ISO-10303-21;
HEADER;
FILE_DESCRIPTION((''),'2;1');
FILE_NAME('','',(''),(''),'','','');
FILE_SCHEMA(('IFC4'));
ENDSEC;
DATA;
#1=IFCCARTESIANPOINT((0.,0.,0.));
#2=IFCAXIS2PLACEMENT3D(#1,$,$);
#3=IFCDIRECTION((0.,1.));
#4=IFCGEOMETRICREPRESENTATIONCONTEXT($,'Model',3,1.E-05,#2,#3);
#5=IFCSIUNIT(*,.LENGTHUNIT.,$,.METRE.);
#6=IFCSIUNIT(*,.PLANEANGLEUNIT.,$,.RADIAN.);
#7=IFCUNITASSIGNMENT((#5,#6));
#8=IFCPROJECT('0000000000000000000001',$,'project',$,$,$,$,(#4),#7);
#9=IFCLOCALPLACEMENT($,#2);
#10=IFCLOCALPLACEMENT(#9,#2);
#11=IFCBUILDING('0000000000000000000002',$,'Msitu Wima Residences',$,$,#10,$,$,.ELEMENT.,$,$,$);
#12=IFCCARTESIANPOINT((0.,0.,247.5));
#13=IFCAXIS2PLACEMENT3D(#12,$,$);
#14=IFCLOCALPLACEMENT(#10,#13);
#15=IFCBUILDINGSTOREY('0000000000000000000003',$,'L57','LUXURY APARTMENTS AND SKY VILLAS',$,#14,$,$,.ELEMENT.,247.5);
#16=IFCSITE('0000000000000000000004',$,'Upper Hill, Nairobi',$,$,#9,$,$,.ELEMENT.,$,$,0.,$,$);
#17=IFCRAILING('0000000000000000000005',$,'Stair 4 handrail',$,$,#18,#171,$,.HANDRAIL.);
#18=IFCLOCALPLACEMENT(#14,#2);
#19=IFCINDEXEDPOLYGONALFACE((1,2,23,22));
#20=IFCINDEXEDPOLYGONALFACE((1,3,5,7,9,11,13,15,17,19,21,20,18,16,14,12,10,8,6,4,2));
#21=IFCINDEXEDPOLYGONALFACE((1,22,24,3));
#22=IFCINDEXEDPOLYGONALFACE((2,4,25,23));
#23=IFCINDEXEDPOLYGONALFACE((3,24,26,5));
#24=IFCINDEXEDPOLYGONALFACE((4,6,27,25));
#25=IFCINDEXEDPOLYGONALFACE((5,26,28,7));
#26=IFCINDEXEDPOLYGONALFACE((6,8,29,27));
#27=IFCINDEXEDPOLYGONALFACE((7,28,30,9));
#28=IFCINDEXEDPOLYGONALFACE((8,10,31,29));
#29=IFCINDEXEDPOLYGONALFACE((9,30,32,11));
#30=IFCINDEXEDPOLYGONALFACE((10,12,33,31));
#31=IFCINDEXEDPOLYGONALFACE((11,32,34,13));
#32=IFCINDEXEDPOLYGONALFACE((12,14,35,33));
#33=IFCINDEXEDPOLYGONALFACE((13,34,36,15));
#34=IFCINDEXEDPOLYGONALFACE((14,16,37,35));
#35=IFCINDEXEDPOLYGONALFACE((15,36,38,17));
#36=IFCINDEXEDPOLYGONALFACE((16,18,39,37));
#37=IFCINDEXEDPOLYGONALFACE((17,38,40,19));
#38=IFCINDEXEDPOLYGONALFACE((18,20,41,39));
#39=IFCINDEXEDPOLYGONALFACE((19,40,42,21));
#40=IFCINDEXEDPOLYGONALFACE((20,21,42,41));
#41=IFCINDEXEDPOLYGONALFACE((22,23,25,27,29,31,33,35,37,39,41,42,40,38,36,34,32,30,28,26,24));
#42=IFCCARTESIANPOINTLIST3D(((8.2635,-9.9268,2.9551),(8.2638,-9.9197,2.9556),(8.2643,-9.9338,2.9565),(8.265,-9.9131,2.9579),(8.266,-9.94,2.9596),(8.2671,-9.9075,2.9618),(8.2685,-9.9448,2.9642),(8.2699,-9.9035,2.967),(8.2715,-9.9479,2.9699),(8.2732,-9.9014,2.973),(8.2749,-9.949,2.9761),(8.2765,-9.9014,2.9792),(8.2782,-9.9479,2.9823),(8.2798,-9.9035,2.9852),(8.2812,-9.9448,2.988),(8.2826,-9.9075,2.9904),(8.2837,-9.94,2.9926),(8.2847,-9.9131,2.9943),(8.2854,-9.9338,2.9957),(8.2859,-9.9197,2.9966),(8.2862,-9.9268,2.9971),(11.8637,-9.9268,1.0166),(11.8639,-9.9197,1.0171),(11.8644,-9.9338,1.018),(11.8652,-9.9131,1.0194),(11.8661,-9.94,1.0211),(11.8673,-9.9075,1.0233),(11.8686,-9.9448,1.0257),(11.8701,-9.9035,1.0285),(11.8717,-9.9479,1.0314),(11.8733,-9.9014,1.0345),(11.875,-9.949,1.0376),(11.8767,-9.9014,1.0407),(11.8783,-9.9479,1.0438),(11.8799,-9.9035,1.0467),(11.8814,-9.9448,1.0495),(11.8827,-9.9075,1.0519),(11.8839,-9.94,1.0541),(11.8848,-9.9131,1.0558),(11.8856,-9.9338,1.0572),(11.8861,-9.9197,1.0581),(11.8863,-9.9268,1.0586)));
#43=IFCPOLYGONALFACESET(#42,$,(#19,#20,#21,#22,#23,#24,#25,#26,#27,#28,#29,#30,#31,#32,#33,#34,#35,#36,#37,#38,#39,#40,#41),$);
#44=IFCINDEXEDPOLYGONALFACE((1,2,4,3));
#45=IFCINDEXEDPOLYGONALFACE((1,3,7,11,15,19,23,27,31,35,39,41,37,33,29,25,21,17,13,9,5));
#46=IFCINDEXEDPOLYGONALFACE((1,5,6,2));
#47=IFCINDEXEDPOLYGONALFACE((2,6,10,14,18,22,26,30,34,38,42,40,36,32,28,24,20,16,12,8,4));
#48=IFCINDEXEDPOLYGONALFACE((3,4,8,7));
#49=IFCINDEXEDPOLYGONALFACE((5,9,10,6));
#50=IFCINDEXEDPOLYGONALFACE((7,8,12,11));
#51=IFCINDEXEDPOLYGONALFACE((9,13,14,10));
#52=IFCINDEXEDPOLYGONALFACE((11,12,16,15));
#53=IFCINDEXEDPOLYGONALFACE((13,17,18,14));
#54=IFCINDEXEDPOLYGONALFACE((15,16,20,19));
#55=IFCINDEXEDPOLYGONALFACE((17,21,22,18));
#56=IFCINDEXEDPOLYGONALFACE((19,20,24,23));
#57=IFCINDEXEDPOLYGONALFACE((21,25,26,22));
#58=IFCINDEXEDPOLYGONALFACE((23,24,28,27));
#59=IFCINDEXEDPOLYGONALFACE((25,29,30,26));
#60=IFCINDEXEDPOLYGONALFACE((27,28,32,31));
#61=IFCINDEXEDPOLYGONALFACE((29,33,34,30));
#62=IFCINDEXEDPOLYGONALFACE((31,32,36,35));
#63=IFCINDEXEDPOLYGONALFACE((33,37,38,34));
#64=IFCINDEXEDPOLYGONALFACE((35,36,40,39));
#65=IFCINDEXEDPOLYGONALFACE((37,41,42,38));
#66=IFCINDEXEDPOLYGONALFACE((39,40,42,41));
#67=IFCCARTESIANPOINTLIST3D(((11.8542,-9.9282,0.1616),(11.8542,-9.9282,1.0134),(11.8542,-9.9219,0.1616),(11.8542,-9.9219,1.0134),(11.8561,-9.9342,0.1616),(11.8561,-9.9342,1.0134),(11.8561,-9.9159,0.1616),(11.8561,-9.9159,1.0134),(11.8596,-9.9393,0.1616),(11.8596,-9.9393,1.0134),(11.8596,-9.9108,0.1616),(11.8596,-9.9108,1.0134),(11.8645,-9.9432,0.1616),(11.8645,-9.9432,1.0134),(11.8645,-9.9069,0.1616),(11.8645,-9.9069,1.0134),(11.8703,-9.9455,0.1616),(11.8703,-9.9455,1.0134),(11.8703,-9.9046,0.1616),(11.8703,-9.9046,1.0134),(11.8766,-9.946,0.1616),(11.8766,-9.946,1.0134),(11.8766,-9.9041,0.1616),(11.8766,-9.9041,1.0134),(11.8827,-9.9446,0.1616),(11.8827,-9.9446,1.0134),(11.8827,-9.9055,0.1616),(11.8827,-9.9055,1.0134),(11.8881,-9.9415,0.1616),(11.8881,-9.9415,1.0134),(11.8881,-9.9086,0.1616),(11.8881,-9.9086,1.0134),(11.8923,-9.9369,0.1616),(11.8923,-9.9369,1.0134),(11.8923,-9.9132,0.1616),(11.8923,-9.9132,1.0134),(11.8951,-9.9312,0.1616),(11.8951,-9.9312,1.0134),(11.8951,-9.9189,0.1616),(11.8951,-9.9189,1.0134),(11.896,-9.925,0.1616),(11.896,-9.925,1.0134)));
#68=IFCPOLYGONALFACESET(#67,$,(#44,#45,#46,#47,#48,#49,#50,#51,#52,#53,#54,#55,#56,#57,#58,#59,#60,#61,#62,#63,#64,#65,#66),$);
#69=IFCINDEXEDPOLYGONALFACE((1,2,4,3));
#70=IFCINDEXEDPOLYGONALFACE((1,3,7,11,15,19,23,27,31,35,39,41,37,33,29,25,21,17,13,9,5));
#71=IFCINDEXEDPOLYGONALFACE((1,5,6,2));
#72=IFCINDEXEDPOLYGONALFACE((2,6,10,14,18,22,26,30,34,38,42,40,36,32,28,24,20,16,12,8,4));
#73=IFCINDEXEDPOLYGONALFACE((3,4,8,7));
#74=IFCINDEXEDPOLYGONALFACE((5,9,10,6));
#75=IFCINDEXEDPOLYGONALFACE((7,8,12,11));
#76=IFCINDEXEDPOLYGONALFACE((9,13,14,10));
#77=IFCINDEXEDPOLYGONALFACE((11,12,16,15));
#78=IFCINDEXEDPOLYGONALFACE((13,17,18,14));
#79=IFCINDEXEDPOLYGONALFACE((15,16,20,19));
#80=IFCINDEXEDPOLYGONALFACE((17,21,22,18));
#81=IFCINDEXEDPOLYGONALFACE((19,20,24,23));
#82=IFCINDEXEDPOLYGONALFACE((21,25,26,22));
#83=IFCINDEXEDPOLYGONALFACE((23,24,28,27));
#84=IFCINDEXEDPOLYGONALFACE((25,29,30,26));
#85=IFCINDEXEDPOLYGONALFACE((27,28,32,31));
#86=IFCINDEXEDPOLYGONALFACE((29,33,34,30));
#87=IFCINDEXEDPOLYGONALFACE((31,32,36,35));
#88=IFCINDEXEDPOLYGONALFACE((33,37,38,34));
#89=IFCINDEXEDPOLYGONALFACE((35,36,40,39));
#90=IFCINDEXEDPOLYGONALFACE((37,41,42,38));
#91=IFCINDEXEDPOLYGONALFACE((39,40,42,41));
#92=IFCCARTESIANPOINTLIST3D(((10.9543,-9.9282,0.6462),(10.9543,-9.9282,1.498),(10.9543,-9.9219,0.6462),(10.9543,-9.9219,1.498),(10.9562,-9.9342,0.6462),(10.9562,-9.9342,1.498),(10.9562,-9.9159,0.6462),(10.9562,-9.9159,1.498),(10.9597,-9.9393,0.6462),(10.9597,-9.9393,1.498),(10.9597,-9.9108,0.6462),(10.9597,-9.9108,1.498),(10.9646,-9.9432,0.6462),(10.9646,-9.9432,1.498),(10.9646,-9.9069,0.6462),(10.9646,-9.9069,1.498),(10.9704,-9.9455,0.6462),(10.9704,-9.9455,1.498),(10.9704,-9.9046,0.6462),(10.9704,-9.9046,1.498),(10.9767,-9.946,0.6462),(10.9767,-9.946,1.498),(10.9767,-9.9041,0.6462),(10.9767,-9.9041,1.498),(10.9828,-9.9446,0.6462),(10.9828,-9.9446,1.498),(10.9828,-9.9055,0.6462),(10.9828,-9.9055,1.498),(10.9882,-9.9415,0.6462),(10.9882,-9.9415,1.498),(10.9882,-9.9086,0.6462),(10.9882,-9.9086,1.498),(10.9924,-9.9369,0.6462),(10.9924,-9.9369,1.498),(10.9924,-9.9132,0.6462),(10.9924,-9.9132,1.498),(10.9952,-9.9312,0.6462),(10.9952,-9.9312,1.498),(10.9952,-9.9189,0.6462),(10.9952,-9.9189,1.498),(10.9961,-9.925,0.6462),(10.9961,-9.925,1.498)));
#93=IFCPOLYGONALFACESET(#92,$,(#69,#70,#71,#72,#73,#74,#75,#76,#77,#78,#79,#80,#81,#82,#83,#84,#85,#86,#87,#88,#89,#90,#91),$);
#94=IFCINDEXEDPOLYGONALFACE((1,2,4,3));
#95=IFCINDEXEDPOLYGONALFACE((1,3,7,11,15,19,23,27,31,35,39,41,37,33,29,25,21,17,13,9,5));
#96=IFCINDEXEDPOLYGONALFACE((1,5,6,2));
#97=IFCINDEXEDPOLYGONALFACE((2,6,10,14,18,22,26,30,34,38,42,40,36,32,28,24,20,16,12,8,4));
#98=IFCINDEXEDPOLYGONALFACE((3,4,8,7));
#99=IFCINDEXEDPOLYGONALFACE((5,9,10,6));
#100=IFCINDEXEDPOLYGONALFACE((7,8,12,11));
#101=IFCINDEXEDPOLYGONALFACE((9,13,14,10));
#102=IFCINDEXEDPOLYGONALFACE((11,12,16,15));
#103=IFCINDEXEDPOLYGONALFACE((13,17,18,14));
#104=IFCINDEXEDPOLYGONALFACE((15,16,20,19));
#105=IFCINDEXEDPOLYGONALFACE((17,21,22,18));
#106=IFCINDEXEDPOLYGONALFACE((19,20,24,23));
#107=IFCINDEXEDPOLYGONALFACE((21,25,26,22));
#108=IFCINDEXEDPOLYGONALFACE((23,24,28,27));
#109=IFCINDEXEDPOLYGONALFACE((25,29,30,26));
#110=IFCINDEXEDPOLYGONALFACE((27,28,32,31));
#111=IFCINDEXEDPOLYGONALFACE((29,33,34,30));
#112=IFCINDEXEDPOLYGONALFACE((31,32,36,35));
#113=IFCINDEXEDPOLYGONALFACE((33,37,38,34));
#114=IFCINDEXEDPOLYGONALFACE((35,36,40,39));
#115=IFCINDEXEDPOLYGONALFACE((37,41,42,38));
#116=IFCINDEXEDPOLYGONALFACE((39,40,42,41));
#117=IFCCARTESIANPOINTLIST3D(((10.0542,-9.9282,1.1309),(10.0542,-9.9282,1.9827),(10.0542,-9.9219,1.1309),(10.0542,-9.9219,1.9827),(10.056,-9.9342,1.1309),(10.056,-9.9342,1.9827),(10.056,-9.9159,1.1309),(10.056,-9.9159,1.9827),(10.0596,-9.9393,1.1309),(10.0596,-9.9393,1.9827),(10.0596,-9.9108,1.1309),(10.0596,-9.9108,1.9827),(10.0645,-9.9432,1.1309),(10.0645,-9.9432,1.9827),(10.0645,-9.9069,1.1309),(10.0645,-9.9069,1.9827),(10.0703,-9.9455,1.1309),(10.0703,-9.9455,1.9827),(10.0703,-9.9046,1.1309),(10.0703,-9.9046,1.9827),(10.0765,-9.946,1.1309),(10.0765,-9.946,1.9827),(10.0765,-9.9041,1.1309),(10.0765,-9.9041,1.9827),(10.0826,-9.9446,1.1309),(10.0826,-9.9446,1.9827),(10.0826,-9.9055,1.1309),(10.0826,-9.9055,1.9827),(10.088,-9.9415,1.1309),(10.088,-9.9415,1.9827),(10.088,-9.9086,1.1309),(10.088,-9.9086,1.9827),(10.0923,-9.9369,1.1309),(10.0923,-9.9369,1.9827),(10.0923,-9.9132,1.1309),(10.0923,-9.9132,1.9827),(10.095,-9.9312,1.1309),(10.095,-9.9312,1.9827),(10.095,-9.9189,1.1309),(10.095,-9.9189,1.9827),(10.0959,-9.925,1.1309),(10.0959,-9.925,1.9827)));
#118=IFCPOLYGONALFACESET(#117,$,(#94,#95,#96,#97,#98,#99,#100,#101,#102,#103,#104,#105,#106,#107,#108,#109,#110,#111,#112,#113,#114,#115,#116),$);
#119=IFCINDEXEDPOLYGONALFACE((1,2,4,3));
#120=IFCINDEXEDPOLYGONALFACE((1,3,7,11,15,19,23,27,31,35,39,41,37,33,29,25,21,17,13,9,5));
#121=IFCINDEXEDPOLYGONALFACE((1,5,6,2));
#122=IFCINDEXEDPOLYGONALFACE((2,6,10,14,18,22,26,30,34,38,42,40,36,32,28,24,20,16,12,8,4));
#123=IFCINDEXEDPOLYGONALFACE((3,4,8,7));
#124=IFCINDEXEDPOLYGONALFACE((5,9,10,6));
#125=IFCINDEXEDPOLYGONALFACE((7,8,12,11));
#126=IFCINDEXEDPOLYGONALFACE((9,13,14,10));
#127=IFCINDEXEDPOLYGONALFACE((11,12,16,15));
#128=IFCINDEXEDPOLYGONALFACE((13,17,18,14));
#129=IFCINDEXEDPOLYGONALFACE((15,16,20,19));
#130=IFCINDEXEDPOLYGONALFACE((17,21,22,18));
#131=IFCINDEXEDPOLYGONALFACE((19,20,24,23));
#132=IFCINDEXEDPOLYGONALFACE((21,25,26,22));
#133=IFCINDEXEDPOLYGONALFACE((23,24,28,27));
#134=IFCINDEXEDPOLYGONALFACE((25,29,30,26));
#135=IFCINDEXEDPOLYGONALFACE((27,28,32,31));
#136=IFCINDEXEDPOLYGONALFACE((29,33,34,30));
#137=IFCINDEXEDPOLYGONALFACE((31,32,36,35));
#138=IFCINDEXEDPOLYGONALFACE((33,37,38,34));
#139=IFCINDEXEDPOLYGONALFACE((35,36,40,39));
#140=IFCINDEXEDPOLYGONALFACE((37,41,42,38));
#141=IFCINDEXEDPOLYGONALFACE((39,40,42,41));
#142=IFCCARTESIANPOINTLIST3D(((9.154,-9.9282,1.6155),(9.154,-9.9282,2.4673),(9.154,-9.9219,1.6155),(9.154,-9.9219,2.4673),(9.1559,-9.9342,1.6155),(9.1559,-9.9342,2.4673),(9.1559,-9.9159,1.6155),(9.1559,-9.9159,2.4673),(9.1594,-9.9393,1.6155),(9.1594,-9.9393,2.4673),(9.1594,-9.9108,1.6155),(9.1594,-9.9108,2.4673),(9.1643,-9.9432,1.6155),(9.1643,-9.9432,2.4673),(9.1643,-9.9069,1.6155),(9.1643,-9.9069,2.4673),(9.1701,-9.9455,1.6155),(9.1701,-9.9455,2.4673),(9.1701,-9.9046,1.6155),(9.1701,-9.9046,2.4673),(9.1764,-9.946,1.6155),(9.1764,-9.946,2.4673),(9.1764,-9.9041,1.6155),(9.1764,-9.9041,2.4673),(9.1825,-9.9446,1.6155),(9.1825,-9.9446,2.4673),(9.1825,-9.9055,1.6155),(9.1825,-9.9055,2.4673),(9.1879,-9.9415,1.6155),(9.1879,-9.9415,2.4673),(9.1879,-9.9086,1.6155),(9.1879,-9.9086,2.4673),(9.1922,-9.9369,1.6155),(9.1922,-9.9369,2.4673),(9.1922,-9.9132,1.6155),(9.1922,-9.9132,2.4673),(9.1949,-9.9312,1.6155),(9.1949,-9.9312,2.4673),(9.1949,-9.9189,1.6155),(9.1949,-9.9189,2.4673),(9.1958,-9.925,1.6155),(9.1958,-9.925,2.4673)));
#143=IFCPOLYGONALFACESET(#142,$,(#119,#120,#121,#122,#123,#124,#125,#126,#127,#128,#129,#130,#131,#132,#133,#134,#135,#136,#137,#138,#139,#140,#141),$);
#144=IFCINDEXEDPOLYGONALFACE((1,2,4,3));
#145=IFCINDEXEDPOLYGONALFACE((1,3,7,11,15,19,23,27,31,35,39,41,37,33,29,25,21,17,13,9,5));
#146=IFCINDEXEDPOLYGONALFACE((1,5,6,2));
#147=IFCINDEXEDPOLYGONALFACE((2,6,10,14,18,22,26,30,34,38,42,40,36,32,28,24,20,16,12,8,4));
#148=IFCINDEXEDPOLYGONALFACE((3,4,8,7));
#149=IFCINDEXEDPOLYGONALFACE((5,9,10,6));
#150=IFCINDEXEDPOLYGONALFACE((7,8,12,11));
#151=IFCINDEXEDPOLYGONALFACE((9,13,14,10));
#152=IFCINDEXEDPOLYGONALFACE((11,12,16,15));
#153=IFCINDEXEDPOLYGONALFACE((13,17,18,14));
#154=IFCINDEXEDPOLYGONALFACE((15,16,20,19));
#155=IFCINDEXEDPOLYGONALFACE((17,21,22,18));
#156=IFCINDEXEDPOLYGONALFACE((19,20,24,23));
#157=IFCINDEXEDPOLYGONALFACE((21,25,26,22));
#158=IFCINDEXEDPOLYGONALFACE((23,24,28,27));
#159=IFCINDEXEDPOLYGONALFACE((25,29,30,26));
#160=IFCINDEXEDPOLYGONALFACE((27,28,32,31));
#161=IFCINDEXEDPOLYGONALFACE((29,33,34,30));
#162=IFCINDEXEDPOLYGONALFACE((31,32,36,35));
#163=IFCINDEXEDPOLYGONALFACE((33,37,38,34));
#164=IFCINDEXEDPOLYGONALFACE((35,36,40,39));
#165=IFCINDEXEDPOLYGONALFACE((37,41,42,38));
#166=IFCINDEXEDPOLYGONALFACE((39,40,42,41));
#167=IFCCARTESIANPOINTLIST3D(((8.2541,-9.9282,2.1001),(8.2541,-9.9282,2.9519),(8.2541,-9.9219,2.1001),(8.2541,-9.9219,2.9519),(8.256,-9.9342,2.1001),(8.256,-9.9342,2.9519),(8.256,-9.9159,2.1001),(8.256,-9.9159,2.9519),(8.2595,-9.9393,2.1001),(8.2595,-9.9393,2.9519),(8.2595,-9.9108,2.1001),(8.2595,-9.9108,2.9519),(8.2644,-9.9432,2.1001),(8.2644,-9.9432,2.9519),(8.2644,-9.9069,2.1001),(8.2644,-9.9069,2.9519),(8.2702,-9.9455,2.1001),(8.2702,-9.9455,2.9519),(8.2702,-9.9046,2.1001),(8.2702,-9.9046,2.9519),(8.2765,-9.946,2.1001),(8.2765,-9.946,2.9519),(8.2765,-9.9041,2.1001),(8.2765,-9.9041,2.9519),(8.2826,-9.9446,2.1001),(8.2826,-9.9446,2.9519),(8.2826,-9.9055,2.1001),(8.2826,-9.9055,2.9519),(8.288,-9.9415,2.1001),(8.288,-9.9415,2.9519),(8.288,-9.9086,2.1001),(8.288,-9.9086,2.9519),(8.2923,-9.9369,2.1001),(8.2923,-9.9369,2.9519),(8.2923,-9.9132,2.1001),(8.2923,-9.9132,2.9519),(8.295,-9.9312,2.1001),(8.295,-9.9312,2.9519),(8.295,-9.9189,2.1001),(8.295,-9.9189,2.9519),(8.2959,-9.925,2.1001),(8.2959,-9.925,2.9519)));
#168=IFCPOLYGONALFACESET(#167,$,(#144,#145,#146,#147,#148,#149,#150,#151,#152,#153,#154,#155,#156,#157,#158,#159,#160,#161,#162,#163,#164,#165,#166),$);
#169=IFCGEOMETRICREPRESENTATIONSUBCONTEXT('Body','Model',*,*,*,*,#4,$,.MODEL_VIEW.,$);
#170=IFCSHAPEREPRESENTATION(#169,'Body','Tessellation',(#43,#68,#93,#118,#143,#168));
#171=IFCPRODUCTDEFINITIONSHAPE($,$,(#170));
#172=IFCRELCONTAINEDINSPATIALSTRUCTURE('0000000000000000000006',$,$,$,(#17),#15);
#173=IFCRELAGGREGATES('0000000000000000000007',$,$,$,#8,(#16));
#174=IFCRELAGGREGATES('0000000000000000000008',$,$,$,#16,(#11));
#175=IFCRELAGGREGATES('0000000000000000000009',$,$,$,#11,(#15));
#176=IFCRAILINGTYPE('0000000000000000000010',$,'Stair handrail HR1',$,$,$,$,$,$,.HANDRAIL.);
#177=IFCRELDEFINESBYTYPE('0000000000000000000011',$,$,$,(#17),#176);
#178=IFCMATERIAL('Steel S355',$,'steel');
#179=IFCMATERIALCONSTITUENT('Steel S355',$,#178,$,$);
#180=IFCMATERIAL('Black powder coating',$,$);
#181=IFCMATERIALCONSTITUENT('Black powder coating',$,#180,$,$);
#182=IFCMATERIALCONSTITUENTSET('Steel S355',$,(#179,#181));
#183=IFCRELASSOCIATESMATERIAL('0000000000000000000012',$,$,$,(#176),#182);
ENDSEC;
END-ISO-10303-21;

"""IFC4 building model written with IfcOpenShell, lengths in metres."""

from ifc_helpers import new_model, si_unit, direction, frame, origin, origin_2d, place, context, subcontext, project, spatial, circle, extrude, material, constituent, constituent_set, type_object, element, save


model = new_model("IFC4")

# Units and contexts
model_context = context("Model", 3, precision=1e-05, world=origin(), true_north=direction((0.0, 1.0)))
body_context = subcontext(model_context, "Body", "Model", "MODEL_VIEW")
ifc_project = project(units=[si_unit("LENGTHUNIT", "METRE"), si_unit("PLANEANGLEUNIT", "RADIAN")], contexts=[model_context])

# Site, building, storey
site_placement = place(None, origin())
site = spatial("IfcSite", under=ifc_project, at=site_placement, Name="Upper Hill, Nairobi", CompositionType="ELEMENT", RefElevation=0.0)
building_placement = place(site_placement, origin())
building = spatial("IfcBuilding", under=site, at=building_placement, Name="Msitu Wima Residences", CompositionType="ELEMENT")
storey_placement = place(building_placement, frame((0.0, 0.0, 247.5)))
storey = spatial("IfcBuildingStorey", under=building, at=storey_placement, Name="L57", Description="LUXURY APARTMENTS AND SKY VILLAS", CompositionType="ELEMENT", Elevation=247.5)

# Railing
ifc_material_1 = material(Name="Steel S355", Category="steel")
ifc_constituent_1 = constituent(ifc_material_1, Name="Steel S355")
ifc_material_2 = material(Name="Black powder coating")
ifc_constituent_2 = constituent(ifc_material_2, Name="Black powder coating")
ifc_constituent_set = constituent_set(constituents=[ifc_constituent_1, ifc_constituent_2], Name="Steel S355")
railing_type = type_object("IfcRailingType", Name="Stair handrail HR1", PredefinedType="HANDRAIL", material=ifc_constituent_set)
for number, where, name in (
    (1, (11.875, -9.925, 0.1616), "Stair 4 handrail"),
):
    element("IfcRailing", number, at=place(storey_placement, frame(where)), inside=storey, type_object=railing_type, Name=name, PredefinedType="HANDRAIL", context=body_context, shape_type="SweptSolid", body=[
        extrude(circle(Radius=0.0239, at=origin_2d()), frame((0.0, 0.0, 0.876), z_axis=(-0.880475, 0.0, 0.474093), x_axis=(0.0, -1.0, 0.0)), (0.0, 0.0, 1.0), 4.0889),
        extrude(circle(Radius=0.021, at=origin_2d()), origin(), (0.0, 0.0, 1.0), 0.8518),
        extrude(circle(Radius=0.021, at=origin_2d()), frame((-0.8999, 0.0, 0.4846)), (0.0, 0.0, 1.0), 0.8518),
        extrude(circle(Radius=0.021, at=origin_2d()), frame((-1.8, 0.0, 0.9692)), (0.0, 0.0, 1.0), 0.8518),
        extrude(circle(Radius=0.021, at=origin_2d()), frame((-2.7002, 0.0, 1.4539)), (0.0, 0.0, 1.0), 0.8518),
        extrude(circle(Radius=0.021, at=origin_2d()), frame((-3.6001, 0.0, 1.9385)), (0.0, 0.0, 1.0), 0.8518),
    ])

save(model, "model.ifc")
